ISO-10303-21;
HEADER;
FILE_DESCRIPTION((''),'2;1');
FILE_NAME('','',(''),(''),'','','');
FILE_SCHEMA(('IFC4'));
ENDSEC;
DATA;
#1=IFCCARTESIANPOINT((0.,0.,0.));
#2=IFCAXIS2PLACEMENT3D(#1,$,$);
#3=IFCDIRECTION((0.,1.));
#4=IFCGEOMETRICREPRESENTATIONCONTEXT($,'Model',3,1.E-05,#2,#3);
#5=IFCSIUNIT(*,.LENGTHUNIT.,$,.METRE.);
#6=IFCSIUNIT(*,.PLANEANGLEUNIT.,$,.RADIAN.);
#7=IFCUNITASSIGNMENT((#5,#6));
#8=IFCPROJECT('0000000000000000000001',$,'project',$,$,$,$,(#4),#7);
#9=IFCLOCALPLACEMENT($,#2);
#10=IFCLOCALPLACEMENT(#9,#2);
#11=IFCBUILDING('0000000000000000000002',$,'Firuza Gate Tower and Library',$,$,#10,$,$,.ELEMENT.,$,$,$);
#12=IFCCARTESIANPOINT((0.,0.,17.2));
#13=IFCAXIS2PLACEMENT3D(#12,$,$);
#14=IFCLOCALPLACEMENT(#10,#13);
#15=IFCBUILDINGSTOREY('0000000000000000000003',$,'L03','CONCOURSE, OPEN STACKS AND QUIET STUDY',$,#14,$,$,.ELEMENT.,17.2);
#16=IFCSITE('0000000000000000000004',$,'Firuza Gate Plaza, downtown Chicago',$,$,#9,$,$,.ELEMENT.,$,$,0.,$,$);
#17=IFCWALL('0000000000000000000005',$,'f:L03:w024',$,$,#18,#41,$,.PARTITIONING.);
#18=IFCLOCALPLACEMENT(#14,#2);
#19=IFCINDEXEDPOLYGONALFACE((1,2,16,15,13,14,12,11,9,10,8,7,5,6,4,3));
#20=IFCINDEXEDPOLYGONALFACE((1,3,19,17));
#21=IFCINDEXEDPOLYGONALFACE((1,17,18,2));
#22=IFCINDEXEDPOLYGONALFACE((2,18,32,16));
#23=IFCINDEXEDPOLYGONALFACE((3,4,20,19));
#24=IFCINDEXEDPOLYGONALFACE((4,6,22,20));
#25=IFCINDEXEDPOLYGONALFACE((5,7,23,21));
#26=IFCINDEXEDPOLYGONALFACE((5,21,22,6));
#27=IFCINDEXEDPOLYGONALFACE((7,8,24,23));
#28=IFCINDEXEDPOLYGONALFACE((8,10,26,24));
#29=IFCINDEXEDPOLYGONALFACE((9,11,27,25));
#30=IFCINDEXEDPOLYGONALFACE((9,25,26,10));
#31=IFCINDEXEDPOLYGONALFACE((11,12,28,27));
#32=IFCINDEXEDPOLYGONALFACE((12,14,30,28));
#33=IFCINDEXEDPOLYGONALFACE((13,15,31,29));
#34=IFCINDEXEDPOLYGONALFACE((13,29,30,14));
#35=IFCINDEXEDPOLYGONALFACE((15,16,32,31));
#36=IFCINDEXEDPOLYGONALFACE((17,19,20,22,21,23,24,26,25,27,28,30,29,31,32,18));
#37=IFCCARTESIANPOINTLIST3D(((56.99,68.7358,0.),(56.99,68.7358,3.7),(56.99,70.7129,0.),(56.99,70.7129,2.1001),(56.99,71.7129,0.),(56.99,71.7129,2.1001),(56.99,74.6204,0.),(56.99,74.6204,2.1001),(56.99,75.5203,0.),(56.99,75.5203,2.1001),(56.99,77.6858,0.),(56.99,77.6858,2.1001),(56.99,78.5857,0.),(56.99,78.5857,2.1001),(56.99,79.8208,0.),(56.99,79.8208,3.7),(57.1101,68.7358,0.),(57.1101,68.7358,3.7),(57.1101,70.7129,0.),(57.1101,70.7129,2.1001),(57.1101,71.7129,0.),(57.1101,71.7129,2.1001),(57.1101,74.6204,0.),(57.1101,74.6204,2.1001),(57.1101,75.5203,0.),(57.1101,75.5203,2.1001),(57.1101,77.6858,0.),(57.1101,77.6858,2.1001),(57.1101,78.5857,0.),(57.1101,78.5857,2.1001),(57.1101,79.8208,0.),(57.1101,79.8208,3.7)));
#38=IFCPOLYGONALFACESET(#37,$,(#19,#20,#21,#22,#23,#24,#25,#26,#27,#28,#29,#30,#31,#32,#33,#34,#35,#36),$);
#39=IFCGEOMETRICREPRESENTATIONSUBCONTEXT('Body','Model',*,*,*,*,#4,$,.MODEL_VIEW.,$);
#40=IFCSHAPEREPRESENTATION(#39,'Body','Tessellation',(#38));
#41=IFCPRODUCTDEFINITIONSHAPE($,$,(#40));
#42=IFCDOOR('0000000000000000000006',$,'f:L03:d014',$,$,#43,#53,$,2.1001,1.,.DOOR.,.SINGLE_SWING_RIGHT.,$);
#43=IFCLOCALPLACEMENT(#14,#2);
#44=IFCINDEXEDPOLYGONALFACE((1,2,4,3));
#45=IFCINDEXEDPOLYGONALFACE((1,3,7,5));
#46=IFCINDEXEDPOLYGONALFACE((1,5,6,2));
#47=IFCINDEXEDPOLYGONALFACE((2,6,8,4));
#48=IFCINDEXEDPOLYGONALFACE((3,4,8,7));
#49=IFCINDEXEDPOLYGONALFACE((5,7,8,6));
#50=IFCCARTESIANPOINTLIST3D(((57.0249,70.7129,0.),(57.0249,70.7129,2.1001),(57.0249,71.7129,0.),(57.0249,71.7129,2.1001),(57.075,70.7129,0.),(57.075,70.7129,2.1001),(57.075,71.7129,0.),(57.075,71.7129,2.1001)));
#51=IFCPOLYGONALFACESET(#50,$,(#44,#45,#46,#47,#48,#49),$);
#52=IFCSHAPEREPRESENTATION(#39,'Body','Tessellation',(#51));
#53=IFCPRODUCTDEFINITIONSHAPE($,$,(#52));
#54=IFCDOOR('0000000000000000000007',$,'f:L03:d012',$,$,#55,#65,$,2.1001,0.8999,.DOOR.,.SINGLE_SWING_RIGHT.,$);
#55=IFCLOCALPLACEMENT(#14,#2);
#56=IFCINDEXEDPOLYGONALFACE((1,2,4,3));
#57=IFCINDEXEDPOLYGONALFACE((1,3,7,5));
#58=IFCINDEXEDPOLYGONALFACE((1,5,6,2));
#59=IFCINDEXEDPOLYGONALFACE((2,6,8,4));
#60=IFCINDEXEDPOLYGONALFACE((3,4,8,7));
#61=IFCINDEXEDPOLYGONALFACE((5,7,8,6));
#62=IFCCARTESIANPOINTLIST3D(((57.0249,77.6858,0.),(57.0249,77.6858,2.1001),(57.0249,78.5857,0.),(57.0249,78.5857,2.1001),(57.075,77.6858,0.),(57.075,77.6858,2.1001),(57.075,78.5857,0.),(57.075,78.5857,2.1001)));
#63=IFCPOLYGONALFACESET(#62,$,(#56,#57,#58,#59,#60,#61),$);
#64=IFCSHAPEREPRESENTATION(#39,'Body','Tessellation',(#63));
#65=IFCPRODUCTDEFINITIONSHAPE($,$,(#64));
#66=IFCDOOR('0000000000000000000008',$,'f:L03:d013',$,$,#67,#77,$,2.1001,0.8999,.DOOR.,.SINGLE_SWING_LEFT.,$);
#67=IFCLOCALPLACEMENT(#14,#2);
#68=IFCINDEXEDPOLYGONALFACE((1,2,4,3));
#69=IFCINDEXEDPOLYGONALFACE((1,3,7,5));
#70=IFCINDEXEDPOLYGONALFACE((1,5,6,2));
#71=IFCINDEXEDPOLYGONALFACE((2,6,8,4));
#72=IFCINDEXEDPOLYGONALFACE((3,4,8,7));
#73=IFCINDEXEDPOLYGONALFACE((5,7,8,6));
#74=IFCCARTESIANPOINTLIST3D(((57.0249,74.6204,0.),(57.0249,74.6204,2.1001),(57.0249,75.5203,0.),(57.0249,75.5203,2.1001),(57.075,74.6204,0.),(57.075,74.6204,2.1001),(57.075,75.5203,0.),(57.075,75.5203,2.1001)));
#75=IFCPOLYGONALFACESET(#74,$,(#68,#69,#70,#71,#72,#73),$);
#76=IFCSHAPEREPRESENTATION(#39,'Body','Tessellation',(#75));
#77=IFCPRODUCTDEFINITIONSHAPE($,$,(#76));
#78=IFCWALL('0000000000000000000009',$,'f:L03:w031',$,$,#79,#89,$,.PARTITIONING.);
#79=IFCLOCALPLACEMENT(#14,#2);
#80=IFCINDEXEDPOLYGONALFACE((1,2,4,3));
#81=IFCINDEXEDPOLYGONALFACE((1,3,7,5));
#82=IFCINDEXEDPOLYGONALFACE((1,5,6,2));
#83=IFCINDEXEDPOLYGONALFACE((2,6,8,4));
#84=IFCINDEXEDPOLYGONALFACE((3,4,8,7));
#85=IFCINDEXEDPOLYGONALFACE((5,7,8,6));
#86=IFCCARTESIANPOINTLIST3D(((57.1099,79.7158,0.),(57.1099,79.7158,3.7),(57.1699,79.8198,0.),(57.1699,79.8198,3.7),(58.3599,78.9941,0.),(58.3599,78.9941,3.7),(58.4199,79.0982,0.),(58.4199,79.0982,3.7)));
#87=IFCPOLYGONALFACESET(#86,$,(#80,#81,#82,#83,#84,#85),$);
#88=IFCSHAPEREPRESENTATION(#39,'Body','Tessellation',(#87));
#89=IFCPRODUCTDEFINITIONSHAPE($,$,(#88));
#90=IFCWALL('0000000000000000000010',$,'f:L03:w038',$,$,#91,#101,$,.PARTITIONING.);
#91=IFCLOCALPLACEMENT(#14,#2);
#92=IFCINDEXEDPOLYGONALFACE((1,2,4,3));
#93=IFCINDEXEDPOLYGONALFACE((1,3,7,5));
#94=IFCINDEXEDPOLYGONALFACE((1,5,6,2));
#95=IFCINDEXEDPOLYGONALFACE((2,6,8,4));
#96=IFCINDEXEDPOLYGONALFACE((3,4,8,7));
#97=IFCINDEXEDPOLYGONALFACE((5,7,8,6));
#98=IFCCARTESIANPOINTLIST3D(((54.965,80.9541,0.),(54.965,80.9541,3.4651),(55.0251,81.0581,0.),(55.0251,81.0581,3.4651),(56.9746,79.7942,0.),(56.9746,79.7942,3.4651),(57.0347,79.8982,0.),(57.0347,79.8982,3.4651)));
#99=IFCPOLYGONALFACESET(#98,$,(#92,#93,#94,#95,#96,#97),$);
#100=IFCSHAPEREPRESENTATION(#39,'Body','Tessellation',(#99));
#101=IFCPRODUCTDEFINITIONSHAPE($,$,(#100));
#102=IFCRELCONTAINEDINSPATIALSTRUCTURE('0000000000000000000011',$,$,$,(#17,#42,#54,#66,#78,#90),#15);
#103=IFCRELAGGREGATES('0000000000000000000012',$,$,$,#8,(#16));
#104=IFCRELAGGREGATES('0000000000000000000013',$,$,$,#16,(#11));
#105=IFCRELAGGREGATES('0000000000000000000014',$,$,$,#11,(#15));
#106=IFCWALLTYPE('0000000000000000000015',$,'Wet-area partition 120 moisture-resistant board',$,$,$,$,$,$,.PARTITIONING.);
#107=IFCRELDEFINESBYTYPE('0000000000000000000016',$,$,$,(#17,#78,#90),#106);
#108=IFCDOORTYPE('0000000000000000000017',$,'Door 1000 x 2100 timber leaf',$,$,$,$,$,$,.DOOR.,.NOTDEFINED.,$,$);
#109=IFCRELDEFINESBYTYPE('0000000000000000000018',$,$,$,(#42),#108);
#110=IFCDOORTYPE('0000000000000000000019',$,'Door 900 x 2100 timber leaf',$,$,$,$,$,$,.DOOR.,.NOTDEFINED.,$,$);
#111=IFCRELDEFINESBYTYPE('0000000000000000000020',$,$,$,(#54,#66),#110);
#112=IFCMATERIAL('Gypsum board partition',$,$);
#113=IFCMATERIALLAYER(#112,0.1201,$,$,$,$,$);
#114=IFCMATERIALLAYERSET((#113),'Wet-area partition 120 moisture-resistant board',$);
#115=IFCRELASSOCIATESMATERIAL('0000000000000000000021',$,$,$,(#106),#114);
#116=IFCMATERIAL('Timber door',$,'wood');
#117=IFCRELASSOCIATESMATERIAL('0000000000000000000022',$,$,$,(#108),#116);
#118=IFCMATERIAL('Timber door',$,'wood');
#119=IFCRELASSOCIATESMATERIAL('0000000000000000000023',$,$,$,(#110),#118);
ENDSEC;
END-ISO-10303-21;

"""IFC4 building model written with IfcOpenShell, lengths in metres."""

from ifc_helpers import new_model, si_unit, direction, frame, frame_2d, origin, place, context, subcontext, project, spatial, rectangle, extrude, material, layer, layer_set, type_object, element, fill, save


model = new_model("IFC4")

# Units and contexts
model_context = context("Model", 3, precision=1e-05, world=origin(), true_north=direction((0.0, 1.0)))
body_context = subcontext(model_context, "Body", "Model", "MODEL_VIEW")
ifc_project = project(units=[si_unit("LENGTHUNIT", "METRE"), si_unit("PLANEANGLEUNIT", "RADIAN")], contexts=[model_context])

# Site, building, storey
site_placement = place(None, origin())
site = spatial("IfcSite", under=ifc_project, at=site_placement, Name="Firuza Gate Plaza, downtown Chicago", CompositionType="ELEMENT", RefElevation=0.0)
building_placement = place(site_placement, origin())
building = spatial("IfcBuilding", under=site, at=building_placement, Name="Firuza Gate Tower and Library", CompositionType="ELEMENT")
storey_placement = place(building_placement, frame((0.0, 0.0, 17.2)))
storey = spatial("IfcBuildingStorey", under=building, at=storey_placement, Name="L03", Description="CONCOURSE, OPEN STACKS AND QUIET STUDY", CompositionType="ELEMENT", Elevation=17.2)

# Wall, openings, doors
ifc_material_1 = material(Name="Gypsum board partition")
ifc_layer_1 = layer(ifc_material_1, 0.1201)
ifc_layer_set_1 = layer_set([ifc_layer_1], Name="Wet-area partition 120 moisture-resistant board")
wall_type_1 = type_object("IfcWallType", Name="Wet-area partition 120 moisture-resistant board", PredefinedType="PARTITIONING", material=ifc_layer_set_1)
wall_1_placement = place(storey_placement, frame((57.05, 79.8208, 0.0), z_axis=(0.0, 0.0, 1.0), x_axis=(0.0, -1.0, 0.0)))
wall_1 = element("IfcWall", 1, at=wall_1_placement, inside=storey, type_object=wall_type_1, Name="f:L03:w024", PredefinedType="PARTITIONING", context=body_context, shape_type="SweptSolid", body=[
    extrude(rectangle(XDim=11.085, YDim=0.1201, at=frame_2d((5.5425, 0.0))), origin(), (0.0, 0.0, 1.0), 3.7),
])
opening_1_placement = place(wall_1_placement, frame((1.2351, 0.0, 0.0)))
opening_1 = element("IfcOpeningElement", 2, at=opening_1_placement, cuts=wall_1, PredefinedType="OPENING", context=body_context, shape_type="SweptSolid", body=[
    extrude(rectangle(XDim=0.8999, YDim=2.1001, at=frame_2d((0.45, 1.05))), frame((0.0, 0.0701, 0.0), z_axis=(0.0, -1.0, 0.0), x_axis=(1.0, 0.0, 0.0)), (0.0, 0.0, 1.0), 0.1401),
])
opening_2_placement = place(wall_1_placement, frame((4.3005, 0.0, 0.0)))
opening_2 = element("IfcOpeningElement", 3, at=opening_2_placement, cuts=wall_1, PredefinedType="OPENING", context=body_context, shape_type="SweptSolid", body=[
    extrude(rectangle(XDim=0.8999, YDim=2.1001, at=frame_2d((0.45, 1.05))), frame((0.0, 0.0701, 0.0), z_axis=(0.0, -1.0, 0.0), x_axis=(1.0, 0.0, 0.0)), (0.0, 0.0, 1.0), 0.1401),
])
opening_3_placement = place(wall_1_placement, frame((8.1079, 0.0, 0.0)))
opening_3 = element("IfcOpeningElement", 4, at=opening_3_placement, cuts=wall_1, PredefinedType="OPENING", context=body_context, shape_type="SweptSolid", body=[
    extrude(rectangle(XDim=1.0, YDim=2.1001, at=frame_2d((0.5, 1.05))), frame((0.0, 0.0701, 0.0), z_axis=(0.0, -1.0, 0.0), x_axis=(1.0, 0.0, 0.0)), (0.0, 0.0, 1.0), 0.1401),
])
ifc_material_2 = material(Name="Timber door", Category="wood")
door_type_1 = type_object("IfcDoorType", Name="Door 1000 x 2100 timber leaf", OperationType="NOTDEFINED", PredefinedType="DOOR", material=ifc_material_2)
door_1_placement = place(opening_3_placement, origin())
door_1 = element("IfcDoor", 5, at=door_1_placement, inside=storey, type_object=door_type_1, Name="f:L03:d014", OperationType="SINGLE_SWING_RIGHT", OverallHeight=2.1001, OverallWidth=1.0, PredefinedType="DOOR", context=body_context, shape_type="SweptSolid", body=[
    extrude(rectangle(XDim=1.0, YDim=2.1001, at=frame_2d((0.5, 1.05))), frame((0.0, 0.0249, 0.0), z_axis=(0.0, -1.0, 0.0), x_axis=(1.0, 0.0, 0.0)), (0.0, 0.0, 1.0), 0.05),
])
fill(opening_3, door_1)
ifc_material_3 = material(Name="Timber door", Category="wood")
door_type_2 = type_object("IfcDoorType", Name="Door 900 x 2100 timber leaf", OperationType="NOTDEFINED", PredefinedType="DOOR", material=ifc_material_3)
door_2_placement = place(opening_1_placement, origin())
door_2 = element("IfcDoor", 6, at=door_2_placement, inside=storey, type_object=door_type_2, Name="f:L03:d012", OperationType="SINGLE_SWING_RIGHT", OverallHeight=2.1001, OverallWidth=0.8999, PredefinedType="DOOR", context=body_context, shape_type="SweptSolid", body=[
    extrude(rectangle(XDim=0.8999, YDim=2.1001, at=frame_2d((0.45, 1.05))), frame((0.0, 0.0249, 0.0), z_axis=(0.0, -1.0, 0.0), x_axis=(1.0, 0.0, 0.0)), (0.0, 0.0, 1.0), 0.05),
])
fill(opening_1, door_2)
door_3_placement = place(opening_2_placement, origin())
door_3 = element("IfcDoor", 7, at=door_3_placement, inside=storey, type_object=door_type_2, Name="f:L03:d013", OperationType="SINGLE_SWING_LEFT", OverallHeight=2.1001, OverallWidth=0.8999, PredefinedType="DOOR", context=body_context, shape_type="SweptSolid", body=[
    extrude(rectangle(XDim=0.8999, YDim=2.1001, at=frame_2d((0.45, 1.05))), frame((0.0, 0.0249, 0.0), z_axis=(0.0, -1.0, 0.0), x_axis=(1.0, 0.0, 0.0)), (0.0, 0.0, 1.0), 0.05),
])
fill(opening_2, door_3)

# Walls
wall_2_placement = place(storey_placement, frame((58.3899, 79.0461, 0.0), z_axis=(0.0, 0.0, 1.0), x_axis=(-0.866028, 0.499996, 0.0)))
element("IfcWall", 8, at=wall_2_placement, inside=storey, type_object=wall_type_1, Name="f:L03:w031", PredefinedType="PARTITIONING", context=body_context, shape_type="SweptSolid", body=[
    extrude(rectangle(XDim=1.4434, YDim=0.1201, at=frame_2d((0.7217, 0.0))), origin(), (0.0, 0.0, 1.0), 3.7),
])
wall_3_placement = place(storey_placement, frame((57.0046, 79.8462, 0.0), z_axis=(0.0, 0.0, 1.0), x_axis=(-0.866079, 0.499908, 0.0)))
element("IfcWall", 9, at=wall_3_placement, inside=storey, type_object=wall_type_1, Name="f:L03:w038", PredefinedType="PARTITIONING", context=body_context, shape_type="SweptSolid", body=[
    extrude(rectangle(XDim=2.3203, YDim=0.1201, at=frame_2d((1.1602, 0.0))), origin(), (0.0, 0.0, 1.0), 3.4651),
])

save(model, "model.ifc")
